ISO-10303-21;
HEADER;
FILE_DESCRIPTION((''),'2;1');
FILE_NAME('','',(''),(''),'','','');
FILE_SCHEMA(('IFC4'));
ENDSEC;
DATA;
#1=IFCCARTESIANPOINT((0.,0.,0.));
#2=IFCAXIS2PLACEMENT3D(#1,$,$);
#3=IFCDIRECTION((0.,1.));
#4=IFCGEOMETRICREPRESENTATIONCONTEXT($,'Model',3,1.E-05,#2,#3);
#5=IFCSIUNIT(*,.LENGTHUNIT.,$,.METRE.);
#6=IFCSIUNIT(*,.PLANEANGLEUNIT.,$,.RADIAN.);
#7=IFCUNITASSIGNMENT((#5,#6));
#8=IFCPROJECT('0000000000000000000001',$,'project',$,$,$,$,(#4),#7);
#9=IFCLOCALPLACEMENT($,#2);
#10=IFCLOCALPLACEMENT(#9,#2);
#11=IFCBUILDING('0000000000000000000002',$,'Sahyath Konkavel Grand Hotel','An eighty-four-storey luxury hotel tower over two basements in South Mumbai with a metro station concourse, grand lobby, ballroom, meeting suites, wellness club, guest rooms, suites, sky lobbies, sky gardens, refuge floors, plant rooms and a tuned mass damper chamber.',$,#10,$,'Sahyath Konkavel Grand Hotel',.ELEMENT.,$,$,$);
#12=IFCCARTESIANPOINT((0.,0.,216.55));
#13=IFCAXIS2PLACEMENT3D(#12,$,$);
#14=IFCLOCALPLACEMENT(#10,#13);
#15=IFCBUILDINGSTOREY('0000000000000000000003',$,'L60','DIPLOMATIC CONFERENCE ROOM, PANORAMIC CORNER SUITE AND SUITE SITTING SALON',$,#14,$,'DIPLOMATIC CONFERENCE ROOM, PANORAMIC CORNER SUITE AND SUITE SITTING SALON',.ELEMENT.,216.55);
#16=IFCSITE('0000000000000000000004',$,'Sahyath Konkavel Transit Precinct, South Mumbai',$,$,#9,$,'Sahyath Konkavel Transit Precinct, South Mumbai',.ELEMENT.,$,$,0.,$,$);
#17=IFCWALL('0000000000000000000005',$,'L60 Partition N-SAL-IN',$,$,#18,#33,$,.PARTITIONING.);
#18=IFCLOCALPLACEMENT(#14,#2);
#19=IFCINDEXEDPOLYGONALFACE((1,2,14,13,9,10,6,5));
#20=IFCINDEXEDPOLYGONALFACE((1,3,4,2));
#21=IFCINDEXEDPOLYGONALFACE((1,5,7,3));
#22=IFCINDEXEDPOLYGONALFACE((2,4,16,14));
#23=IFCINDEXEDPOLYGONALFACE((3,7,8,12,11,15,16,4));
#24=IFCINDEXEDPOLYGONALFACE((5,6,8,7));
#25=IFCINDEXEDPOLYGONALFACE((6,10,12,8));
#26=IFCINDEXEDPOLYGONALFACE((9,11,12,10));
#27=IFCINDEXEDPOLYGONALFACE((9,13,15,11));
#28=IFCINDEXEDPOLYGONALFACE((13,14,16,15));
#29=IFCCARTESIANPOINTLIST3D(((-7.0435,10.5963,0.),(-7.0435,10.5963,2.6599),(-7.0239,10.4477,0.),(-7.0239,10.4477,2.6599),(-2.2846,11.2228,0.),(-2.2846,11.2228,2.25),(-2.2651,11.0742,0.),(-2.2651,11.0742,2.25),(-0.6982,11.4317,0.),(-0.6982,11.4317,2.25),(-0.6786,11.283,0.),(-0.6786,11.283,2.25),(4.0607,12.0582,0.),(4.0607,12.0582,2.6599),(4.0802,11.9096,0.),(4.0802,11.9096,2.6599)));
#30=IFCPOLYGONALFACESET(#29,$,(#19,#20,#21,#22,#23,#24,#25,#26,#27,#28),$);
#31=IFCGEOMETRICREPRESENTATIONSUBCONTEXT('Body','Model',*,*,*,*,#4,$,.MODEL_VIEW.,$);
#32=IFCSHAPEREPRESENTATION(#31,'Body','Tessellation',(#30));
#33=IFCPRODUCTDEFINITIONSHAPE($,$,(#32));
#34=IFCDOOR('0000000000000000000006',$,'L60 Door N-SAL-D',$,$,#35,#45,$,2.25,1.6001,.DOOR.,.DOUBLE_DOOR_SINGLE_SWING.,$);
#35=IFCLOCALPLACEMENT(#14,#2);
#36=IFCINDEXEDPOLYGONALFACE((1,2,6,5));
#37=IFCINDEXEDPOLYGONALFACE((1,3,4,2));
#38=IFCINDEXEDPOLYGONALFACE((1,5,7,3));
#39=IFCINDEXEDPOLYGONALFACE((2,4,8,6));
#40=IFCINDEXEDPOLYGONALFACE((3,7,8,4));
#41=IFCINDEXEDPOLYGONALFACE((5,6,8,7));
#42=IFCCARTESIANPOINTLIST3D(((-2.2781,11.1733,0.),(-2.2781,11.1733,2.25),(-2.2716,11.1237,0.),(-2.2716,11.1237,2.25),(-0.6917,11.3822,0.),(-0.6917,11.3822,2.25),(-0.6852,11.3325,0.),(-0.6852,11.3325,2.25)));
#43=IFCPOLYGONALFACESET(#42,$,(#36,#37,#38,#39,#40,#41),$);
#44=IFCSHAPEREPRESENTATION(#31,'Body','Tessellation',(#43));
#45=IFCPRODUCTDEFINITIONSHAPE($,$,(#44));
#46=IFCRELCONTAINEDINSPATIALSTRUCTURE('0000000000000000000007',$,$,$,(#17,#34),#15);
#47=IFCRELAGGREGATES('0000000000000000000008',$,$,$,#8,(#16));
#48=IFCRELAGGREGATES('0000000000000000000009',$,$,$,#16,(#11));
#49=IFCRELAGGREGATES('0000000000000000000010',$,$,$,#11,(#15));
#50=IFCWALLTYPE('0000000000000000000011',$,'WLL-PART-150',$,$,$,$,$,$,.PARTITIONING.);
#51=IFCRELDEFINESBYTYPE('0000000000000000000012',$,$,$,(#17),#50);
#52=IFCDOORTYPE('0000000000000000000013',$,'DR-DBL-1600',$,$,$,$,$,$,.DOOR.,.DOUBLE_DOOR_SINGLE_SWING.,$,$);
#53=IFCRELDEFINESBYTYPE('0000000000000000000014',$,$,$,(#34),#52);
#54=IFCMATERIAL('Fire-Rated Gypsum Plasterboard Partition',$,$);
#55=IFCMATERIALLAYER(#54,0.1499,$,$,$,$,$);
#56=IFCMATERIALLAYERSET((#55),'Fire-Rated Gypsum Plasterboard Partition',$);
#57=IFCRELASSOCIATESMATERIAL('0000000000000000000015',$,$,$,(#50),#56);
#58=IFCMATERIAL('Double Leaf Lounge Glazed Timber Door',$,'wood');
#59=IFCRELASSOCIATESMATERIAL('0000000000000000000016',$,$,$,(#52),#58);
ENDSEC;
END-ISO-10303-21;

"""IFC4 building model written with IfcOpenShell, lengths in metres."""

from ifc_helpers import new_model, si_unit, direction, frame, frame_2d, origin, origin_2d, place, context, subcontext, project, spatial, rectangle, extrude, source, transform, mapped, material, layer, layer_set, type_object, element, fill, save


model = new_model("IFC4")

# Units and contexts
model_context = context("Model", 3, precision=1e-05, world=origin(), true_north=direction((0.0, 1.0)))
body_context = subcontext(model_context, "Body", "Model", "MODEL_VIEW")
ifc_project = project(units=[si_unit("LENGTHUNIT", "METRE"), si_unit("PLANEANGLEUNIT", "RADIAN")], contexts=[model_context])

# Site, building, storey
site_placement = place(None, origin())
site = spatial("IfcSite", under=ifc_project, at=site_placement, Name="Sahyath Konkavel Transit Precinct, South Mumbai", LongName="Sahyath Konkavel Transit Precinct, South Mumbai", CompositionType="ELEMENT", RefElevation=0.0)
building_placement = place(site_placement, origin())
building = spatial("IfcBuilding", under=site, at=building_placement, Name="Sahyath Konkavel Grand Hotel", Description="An eighty-four-storey luxury hotel tower over two basements in South Mumbai with a metro station concourse, grand lobby, ballroom, meeting suites, wellness club, guest rooms, suites, sky lobbies, sky gardens, refuge floors, plant rooms and a tuned mass damper chamber.", LongName="Sahyath Konkavel Grand Hotel", CompositionType="ELEMENT")
storey_placement = place(building_placement, frame((0.0, 0.0, 216.55)))
storey = spatial("IfcBuildingStorey", under=building, at=storey_placement, Name="L60", Description="DIPLOMATIC CONFERENCE ROOM, PANORAMIC CORNER SUITE AND SUITE SITTING SALON", LongName="DIPLOMATIC CONFERENCE ROOM, PANORAMIC CORNER SUITE AND SUITE SITTING SALON", CompositionType="ELEMENT", Elevation=216.55)

# Wall, opening, door
ifc_material_1 = material(Name="Fire-Rated Gypsum Plasterboard Partition")
ifc_layer_1 = layer(ifc_material_1, 0.1499)
ifc_layer_set_1 = layer_set([ifc_layer_1], Name="Fire-Rated Gypsum Plasterboard Partition")
wall_type_1 = type_object("IfcWallType", Name="WLL-PART-150", PredefinedType="PARTITIONING", material=ifc_layer_set_1)
wall_1_placement = place(storey_placement, frame((4.0706, 11.9839, 0.0), z_axis=(0.0, 0.0, 1.0), x_axis=(-0.991445, -0.130527, 0.0)))
wall_1 = element("IfcWall", 1, at=wall_1_placement, inside=storey, type_object=wall_type_1, Name="L60 Partition N-SAL-IN", PredefinedType="PARTITIONING", context=body_context, shape_type="SweptSolid", body=[
    extrude(rectangle(XDim=11.2, YDim=0.1499, at=frame_2d((5.6001, 0.0))), origin(), (0.0, 0.0, 1.0), 2.6599),
])
opening_placement = place(wall_1_placement, frame((4.8, 0.0, 0.0)))
opening = element("IfcOpeningElement", 2, at=opening_placement, cuts=wall_1, PredefinedType="OPENING", context=body_context, shape_type="SweptSolid", body=[
    extrude(rectangle(XDim=1.6001, YDim=2.25, at=frame_2d((0.8, 1.125))), frame((0.0, 0.085, 0.0), z_axis=(0.0, -1.0, 0.0), x_axis=(1.0, 0.0, 0.0)), (0.0, 0.0, 1.0), 0.1699),
])
ifc_material_2 = material(Name="Double Leaf Lounge Glazed Timber Door", Category="wood")
door_type = type_object("IfcDoorType", Name="DR-DBL-1600", OperationType="DOUBLE_DOOR_SINGLE_SWING", PredefinedType="DOOR", material=ifc_material_2)
shared_shape_1 = source(origin(), body_context, "Body", "SweptSolid", [
    extrude(rectangle(XDim=1.6001, YDim=0.05, at=origin_2d()), origin(), (0.0, 0.0, 1.0), 2.25),
])
door_placement = place(opening_placement, frame((0.8, 0.0, 0.0)))
door = element("IfcDoor", 3, at=door_placement, inside=storey, type_object=door_type, Name="L60 Door N-SAL-D", OperationType="DOUBLE_DOOR_SINGLE_SWING", OverallHeight=2.25, OverallWidth=1.6001, PredefinedType="DOOR", context=body_context, shape_type="MappedRepresentation", body=[
    mapped(shared_shape_1, transform((0.0, 0.0, 0.0), scale=1.0)),
])
fill(opening, door)

save(model, "model.ifc")
